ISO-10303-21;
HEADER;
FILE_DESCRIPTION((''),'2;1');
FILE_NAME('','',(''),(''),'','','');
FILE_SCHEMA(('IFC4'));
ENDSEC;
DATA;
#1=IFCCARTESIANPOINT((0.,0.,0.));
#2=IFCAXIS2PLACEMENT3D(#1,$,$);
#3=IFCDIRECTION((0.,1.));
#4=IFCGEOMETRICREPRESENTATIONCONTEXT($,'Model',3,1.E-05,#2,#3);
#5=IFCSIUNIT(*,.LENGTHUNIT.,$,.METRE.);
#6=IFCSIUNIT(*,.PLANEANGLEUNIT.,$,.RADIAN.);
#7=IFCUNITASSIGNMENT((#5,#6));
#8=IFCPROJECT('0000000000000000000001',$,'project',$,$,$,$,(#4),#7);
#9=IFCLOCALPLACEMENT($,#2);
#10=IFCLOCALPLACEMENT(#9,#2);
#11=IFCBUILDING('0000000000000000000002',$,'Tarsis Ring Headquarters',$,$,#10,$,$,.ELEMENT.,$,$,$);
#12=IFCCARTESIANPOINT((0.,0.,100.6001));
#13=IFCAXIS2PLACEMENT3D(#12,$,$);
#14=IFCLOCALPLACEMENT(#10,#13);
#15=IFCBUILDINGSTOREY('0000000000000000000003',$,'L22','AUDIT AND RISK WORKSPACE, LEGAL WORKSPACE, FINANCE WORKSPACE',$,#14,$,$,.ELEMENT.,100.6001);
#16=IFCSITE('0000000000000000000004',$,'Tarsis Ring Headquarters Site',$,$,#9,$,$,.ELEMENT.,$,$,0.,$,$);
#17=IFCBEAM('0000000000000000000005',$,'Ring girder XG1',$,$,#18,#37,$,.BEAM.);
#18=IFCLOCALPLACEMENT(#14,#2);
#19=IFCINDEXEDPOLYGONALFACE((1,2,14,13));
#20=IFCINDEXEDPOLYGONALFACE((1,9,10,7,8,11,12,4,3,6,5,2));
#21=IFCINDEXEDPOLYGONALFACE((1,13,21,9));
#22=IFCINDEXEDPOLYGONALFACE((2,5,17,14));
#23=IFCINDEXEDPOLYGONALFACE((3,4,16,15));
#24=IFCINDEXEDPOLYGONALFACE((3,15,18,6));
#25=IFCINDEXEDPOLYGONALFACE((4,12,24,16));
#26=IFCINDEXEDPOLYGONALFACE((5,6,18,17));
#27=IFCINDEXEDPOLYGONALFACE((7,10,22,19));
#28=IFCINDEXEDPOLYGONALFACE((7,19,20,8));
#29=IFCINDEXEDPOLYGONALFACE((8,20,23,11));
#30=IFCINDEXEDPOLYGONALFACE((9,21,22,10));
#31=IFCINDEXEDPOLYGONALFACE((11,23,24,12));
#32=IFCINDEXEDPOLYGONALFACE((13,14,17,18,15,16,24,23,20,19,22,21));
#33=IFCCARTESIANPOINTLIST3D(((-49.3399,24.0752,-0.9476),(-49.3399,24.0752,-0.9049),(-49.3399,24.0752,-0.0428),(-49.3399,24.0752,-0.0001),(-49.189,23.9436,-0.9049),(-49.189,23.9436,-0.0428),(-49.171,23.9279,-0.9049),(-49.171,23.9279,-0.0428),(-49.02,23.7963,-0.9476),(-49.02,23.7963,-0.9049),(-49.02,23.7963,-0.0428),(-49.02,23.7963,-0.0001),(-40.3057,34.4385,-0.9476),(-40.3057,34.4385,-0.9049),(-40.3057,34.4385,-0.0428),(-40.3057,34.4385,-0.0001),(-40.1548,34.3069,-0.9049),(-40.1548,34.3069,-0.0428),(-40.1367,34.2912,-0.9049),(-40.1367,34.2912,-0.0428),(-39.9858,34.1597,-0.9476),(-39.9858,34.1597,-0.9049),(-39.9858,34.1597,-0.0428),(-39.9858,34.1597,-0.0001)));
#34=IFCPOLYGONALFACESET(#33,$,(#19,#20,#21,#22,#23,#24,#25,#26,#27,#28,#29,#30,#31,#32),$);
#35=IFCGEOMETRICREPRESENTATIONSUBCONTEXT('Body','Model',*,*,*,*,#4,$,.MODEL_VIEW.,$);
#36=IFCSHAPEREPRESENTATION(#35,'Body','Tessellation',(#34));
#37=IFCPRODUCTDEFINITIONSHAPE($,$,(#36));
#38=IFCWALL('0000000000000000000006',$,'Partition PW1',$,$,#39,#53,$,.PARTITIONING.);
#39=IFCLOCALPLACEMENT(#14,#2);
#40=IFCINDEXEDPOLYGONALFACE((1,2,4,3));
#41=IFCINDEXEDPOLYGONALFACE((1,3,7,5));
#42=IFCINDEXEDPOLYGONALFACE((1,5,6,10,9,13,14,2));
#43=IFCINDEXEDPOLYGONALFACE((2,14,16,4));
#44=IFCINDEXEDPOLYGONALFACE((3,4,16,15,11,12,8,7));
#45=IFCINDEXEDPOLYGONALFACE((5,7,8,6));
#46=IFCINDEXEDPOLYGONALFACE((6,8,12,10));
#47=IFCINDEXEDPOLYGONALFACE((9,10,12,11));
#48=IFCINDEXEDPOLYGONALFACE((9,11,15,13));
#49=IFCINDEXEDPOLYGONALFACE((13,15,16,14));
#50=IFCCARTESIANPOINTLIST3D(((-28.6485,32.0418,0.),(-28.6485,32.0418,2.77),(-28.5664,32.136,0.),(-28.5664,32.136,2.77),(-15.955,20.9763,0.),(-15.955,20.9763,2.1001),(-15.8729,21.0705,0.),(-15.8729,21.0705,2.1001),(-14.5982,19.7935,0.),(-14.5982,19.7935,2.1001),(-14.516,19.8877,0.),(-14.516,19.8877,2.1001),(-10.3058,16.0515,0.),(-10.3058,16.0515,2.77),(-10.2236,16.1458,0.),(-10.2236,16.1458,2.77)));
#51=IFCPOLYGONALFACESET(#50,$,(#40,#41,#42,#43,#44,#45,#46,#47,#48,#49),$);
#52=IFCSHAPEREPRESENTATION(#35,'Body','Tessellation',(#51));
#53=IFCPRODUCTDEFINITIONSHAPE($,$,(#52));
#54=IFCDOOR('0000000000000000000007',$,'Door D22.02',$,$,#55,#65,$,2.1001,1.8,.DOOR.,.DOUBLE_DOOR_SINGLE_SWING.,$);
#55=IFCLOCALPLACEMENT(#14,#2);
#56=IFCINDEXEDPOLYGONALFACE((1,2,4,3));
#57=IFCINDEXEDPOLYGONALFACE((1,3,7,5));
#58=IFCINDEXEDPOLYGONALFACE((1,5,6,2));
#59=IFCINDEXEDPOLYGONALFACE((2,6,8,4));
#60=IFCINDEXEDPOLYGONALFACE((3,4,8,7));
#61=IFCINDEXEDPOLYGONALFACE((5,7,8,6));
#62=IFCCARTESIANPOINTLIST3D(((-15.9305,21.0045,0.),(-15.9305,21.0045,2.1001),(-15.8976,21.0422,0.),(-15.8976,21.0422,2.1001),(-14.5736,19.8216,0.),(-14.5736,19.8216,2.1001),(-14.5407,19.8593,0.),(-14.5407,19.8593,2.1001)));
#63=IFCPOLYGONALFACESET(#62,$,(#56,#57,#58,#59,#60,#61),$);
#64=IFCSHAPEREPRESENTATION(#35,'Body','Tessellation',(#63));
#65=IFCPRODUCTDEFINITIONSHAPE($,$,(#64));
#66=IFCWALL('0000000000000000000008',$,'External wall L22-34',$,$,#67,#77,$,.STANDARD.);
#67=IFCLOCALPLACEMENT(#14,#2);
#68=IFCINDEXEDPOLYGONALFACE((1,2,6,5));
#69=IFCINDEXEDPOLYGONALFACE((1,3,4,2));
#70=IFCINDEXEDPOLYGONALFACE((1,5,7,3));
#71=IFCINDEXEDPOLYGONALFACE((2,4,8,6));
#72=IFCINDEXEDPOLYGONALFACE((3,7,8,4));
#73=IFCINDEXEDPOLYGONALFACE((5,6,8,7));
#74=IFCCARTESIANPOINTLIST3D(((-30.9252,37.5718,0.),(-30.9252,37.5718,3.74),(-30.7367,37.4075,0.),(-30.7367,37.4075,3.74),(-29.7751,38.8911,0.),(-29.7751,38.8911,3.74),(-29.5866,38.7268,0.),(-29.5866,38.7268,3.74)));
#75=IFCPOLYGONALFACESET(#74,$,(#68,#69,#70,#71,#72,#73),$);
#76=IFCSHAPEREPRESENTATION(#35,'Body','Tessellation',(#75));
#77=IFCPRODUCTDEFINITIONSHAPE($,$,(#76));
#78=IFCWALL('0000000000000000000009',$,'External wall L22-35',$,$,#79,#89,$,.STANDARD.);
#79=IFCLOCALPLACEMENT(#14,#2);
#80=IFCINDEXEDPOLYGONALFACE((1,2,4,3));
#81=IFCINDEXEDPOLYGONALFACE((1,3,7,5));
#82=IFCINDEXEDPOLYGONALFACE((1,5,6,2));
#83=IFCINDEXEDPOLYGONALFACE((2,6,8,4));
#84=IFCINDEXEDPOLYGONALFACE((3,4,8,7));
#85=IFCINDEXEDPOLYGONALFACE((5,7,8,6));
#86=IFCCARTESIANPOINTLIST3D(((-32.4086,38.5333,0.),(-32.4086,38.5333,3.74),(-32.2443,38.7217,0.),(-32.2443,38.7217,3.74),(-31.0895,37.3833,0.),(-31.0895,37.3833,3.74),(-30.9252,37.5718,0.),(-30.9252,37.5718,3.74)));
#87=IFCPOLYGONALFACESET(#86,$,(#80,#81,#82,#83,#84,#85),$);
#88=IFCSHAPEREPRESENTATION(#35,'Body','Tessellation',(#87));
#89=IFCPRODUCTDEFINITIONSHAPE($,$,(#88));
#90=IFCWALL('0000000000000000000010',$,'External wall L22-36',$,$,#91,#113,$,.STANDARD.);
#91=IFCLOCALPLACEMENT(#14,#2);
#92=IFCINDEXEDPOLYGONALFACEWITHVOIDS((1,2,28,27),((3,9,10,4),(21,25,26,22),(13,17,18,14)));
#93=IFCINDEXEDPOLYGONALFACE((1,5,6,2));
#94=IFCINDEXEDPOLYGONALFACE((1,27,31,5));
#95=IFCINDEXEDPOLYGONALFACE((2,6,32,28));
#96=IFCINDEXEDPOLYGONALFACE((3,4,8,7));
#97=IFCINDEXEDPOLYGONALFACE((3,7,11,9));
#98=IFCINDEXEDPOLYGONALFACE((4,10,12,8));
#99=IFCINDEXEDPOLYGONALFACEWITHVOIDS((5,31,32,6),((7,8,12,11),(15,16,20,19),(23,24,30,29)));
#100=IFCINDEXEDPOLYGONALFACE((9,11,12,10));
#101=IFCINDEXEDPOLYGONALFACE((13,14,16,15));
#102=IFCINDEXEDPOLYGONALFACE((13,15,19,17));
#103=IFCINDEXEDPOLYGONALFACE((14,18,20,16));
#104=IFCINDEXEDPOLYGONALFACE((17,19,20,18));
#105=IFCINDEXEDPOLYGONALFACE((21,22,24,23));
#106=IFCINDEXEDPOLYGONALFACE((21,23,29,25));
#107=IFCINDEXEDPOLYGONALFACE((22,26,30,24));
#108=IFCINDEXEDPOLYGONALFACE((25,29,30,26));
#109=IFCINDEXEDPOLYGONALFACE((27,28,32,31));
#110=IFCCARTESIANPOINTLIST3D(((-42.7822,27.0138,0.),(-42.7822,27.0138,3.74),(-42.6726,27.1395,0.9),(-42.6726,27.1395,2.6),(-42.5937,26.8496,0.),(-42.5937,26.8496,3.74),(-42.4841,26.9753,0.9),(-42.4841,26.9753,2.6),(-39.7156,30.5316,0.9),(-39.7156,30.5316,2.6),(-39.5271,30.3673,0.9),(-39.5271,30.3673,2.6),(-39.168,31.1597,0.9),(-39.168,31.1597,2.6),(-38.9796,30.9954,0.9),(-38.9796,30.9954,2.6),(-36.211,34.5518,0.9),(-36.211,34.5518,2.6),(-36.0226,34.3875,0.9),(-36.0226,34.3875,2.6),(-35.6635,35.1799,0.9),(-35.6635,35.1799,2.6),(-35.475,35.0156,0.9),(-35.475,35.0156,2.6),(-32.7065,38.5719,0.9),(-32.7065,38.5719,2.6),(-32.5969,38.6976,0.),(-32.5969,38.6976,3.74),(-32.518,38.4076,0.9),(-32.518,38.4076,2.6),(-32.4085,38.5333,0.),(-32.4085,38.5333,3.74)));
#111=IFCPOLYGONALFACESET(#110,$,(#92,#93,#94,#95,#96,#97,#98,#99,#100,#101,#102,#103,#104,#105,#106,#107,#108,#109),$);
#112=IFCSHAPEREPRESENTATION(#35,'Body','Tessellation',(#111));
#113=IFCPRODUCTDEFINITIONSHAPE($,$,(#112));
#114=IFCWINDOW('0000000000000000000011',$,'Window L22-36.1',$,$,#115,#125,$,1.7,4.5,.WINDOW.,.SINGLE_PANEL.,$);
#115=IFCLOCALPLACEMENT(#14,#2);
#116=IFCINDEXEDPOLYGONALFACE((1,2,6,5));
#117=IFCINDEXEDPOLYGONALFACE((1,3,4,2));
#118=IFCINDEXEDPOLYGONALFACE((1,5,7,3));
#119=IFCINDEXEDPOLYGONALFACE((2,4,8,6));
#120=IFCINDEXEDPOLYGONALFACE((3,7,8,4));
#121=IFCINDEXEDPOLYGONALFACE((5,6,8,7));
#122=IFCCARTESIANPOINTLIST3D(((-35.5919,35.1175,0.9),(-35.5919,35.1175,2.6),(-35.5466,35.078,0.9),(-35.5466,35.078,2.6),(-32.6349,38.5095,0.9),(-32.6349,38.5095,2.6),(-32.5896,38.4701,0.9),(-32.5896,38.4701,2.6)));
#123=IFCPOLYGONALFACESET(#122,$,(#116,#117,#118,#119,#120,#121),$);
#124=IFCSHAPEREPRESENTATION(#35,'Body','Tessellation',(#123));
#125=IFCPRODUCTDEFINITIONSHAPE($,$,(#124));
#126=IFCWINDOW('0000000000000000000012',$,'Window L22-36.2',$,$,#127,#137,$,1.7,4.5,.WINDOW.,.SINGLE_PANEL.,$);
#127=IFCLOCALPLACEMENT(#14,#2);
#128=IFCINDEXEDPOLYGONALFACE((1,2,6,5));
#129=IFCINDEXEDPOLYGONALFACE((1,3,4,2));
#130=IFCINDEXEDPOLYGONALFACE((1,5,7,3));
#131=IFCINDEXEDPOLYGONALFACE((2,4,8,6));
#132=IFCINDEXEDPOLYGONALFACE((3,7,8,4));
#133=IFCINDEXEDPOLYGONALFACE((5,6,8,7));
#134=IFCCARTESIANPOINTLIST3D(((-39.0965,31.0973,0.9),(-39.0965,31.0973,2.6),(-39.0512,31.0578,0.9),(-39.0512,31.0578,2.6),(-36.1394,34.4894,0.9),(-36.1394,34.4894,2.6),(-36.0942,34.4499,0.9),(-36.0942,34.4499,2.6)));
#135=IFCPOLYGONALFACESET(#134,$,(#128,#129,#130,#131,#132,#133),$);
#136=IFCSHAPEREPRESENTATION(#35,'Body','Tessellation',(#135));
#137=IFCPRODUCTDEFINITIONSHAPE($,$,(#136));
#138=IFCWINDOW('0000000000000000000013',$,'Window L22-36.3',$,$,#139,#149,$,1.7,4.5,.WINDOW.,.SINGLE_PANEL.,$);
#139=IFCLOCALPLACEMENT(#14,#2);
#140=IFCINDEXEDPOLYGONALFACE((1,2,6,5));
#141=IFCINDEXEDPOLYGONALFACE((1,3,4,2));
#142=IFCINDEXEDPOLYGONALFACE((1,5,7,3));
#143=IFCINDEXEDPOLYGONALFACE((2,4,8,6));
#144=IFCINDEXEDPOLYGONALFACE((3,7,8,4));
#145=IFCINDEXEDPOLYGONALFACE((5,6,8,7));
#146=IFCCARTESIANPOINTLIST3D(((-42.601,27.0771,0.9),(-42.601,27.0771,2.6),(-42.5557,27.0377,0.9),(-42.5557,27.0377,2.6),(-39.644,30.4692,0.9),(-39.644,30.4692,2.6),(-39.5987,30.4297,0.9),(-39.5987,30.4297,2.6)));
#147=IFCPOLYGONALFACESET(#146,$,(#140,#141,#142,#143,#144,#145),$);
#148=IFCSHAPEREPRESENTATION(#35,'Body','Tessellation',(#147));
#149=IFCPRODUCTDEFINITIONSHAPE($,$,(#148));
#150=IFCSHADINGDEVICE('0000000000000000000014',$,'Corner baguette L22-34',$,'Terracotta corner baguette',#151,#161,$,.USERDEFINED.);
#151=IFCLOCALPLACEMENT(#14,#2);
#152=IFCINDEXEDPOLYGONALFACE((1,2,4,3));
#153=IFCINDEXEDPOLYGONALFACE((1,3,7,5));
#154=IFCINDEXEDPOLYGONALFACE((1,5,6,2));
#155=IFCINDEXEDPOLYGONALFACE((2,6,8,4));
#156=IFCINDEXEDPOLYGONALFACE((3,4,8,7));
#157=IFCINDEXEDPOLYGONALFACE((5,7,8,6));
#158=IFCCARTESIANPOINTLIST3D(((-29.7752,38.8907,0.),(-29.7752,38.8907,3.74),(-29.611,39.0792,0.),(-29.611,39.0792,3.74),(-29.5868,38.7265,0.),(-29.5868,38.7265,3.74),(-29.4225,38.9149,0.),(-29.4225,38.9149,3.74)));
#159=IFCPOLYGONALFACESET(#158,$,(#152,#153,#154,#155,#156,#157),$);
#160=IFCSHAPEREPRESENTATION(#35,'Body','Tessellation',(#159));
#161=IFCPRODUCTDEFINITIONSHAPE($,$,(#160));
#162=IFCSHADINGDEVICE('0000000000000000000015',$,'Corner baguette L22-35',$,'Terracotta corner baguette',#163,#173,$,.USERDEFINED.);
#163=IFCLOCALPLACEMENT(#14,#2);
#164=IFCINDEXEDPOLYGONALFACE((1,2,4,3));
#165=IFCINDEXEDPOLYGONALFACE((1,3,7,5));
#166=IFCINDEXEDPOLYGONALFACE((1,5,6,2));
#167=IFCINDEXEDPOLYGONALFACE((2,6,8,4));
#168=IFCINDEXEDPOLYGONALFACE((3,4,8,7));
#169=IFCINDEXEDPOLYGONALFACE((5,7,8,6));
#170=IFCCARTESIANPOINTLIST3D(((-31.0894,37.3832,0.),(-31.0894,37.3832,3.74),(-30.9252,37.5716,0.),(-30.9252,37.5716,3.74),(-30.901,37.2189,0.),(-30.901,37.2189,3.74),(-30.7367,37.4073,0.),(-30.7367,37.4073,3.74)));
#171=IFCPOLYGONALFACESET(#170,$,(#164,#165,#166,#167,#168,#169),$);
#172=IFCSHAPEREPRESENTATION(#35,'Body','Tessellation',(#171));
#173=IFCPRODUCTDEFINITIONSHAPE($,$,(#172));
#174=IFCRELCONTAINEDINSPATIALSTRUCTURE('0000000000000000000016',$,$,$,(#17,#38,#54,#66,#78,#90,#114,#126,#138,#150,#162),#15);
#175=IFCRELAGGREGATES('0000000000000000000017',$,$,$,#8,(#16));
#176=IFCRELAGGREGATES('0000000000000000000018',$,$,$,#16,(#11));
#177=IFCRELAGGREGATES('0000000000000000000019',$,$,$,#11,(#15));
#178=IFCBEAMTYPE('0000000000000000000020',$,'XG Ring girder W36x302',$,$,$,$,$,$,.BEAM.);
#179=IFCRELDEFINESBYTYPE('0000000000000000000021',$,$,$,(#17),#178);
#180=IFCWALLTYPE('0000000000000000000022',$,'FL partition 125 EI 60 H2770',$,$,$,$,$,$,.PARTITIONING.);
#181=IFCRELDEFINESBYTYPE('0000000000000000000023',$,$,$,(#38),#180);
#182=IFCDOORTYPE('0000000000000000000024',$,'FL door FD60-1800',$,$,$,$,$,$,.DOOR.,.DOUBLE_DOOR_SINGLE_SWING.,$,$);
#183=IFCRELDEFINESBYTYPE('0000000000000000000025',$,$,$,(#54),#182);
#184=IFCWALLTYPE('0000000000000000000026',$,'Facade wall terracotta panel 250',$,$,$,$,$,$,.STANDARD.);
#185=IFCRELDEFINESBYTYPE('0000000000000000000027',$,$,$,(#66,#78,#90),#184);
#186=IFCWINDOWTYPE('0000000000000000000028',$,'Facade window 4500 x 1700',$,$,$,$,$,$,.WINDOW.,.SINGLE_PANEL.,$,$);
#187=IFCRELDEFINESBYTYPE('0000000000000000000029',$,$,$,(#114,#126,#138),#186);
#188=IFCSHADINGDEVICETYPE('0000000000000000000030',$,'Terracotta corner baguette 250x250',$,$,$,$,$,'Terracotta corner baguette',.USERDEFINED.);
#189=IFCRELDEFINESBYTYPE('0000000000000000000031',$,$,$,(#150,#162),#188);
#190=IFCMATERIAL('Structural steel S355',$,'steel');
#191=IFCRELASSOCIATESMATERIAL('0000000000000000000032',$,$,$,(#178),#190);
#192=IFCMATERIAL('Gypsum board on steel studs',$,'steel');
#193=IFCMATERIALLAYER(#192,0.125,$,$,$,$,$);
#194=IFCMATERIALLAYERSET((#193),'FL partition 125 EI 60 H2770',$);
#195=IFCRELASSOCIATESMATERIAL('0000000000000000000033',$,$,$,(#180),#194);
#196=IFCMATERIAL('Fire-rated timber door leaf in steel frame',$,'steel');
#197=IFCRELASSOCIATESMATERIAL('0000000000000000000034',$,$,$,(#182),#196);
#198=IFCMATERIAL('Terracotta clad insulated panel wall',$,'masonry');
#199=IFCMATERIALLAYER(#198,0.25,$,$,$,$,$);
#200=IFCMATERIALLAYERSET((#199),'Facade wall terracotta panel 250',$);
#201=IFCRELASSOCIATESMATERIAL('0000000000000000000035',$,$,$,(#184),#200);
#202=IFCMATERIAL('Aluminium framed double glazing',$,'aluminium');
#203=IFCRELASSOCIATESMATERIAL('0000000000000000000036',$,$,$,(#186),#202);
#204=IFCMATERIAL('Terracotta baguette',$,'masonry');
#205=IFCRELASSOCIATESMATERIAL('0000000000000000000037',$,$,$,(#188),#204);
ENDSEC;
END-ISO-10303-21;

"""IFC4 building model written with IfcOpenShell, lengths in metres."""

from ifc_helpers import new_model, si_unit, direction, frame, frame_2d, origin, origin_2d, place, context, subcontext, project, spatial, rectangle, i_section, extrude, material, layer, layer_set, material_profile, profile_set, type_object, element, fill, save


model = new_model("IFC4")

# Units and contexts
model_context = context("Model", 3, precision=1e-05, world=origin(), true_north=direction((0.0, 1.0)))
body_context = subcontext(model_context, "Body", "Model", "MODEL_VIEW")
ifc_project = project(units=[si_unit("LENGTHUNIT", "METRE"), si_unit("PLANEANGLEUNIT", "RADIAN")], contexts=[model_context])

# Site, building, storey
site_placement = place(None, origin())
site = spatial("IfcSite", under=ifc_project, at=site_placement, Name="Tarsis Ring Headquarters Site", CompositionType="ELEMENT", RefElevation=0.0)
building_placement = place(site_placement, origin())
building = spatial("IfcBuilding", under=site, at=building_placement, Name="Tarsis Ring Headquarters", CompositionType="ELEMENT")
storey_placement = place(building_placement, frame((0.0, 0.0, 100.6001)))
storey = spatial("IfcBuildingStorey", under=building, at=storey_placement, Name="L22", Description="AUDIT AND RISK WORKSPACE, LEGAL WORKSPACE, FINANCE WORKSPACE", CompositionType="ELEMENT", Elevation=100.6001)

# Shared definitions
ifc_material_1 = material(Name="Structural steel S355", Category="steel")

# Beam
ifc_material_profile_1 = material_profile(ifc_material_1, i_section(OverallWidth=0.4243, OverallDepth=0.9475, WebThickness=0.0239, FlangeThickness=0.0427, at=origin_2d()), Name="W36x302")
ifc_profile_set_1 = profile_set([ifc_material_profile_1], Name="Structural steel S355")
beam_type_1 = type_object("IfcBeamType", Name="XG Ring girder W36x302", PredefinedType="BEAM", material=ifc_profile_set_1)
beam_1_placement = place(storey_placement, frame((-40.1458, 34.2991, -0.4739), z_axis=(-0.657116, -0.75379, 0.0), x_axis=(0.75379, -0.657116, 0.0)))
element("IfcBeam", 1, at=beam_1_placement, inside=storey, type_object=beam_type_1, Name="Ring girder XG1", PredefinedType="BEAM", context=body_context, shape_type="SweptSolid", body=[
    extrude(i_section(OverallWidth=0.4243, OverallDepth=0.9475, WebThickness=0.0239, FlangeThickness=0.0427, at=origin_2d()), origin(), (0.0, 0.0, 1.0), 13.7483),
])

# Wall, opening, door
ifc_material_2 = material(Name="Gypsum board on steel studs", Category="steel")
ifc_layer_1 = layer(ifc_material_2, 0.125)
ifc_layer_set_1 = layer_set([ifc_layer_1], Name="FL partition 125 EI 60 H2770")
wall_type_1 = type_object("IfcWallType", Name="FL partition 125 EI 60 H2770", PredefinedType="PARTITIONING", material=ifc_layer_set_1)
wall_1_placement = place(storey_placement, frame((-28.6074, 32.0889, 0.0), z_axis=(0.0, 0.0, 1.0), x_axis=(0.753791, -0.657114, 0.0)))
wall_1 = element("IfcWall", 2, at=wall_1_placement, inside=storey, type_object=wall_type_1, Name="Partition PW1", PredefinedType="PARTITIONING", context=body_context, shape_type="SweptSolid", body=[
    extrude(rectangle(XDim=24.334, YDim=0.125, at=frame_2d((12.167, 0.0))), origin(), (0.0, 0.0, 1.0), 2.77),
])
opening_1_placement = place(wall_1_placement, frame((16.8396, 0.0, 0.0)))
opening_1 = element("IfcOpeningElement", 3, at=opening_1_placement, cuts=wall_1, PredefinedType="OPENING", context=body_context, shape_type="SweptSolid", body=[
    extrude(rectangle(XDim=1.8, YDim=2.1001, at=frame_2d((0.8999, 1.05))), frame((0.0, 0.0725, 0.0), z_axis=(0.0, -1.0, 0.0), x_axis=(1.0, 0.0, 0.0)), (0.0, 0.0, 1.0), 0.145),
])
ifc_material_3 = material(Name="Fire-rated timber door leaf in steel frame", Category="steel")
door_type = type_object("IfcDoorType", Name="FL door FD60-1800", OperationType="DOUBLE_DOOR_SINGLE_SWING", PredefinedType="DOOR", material=ifc_material_3)
door_placement = place(opening_1_placement, origin())
door = element("IfcDoor", 4, at=door_placement, inside=storey, type_object=door_type, Name="Door D22.02", OperationType="DOUBLE_DOOR_SINGLE_SWING", OverallHeight=2.1001, OverallWidth=1.8, PredefinedType="DOOR", context=body_context, shape_type="SweptSolid", body=[
    extrude(rectangle(XDim=1.8, YDim=2.1001, at=frame_2d((0.8999, 1.05))), frame((0.0, 0.0249, 0.0), z_axis=(0.0, -1.0, 0.0), x_axis=(1.0, 0.0, 0.0)), (0.0, 0.0, 1.0), 0.05),
])
fill(opening_1, door)

# Walls
ifc_material_4 = material(Name="Terracotta clad insulated panel wall", Category="masonry")
ifc_layer_2 = layer(ifc_material_4, 0.25)
ifc_layer_set_2 = layer_set([ifc_layer_2], Name="Facade wall terracotta panel 250")
wall_type_2 = type_object("IfcWallType", Name="Facade wall terracotta panel 250", PredefinedType="STANDARD", material=ifc_layer_set_2)
wall_2_placement = place(storey_placement, frame((-29.6809, 38.8088, 0.0), z_axis=(0.0, 0.0, 1.0), x_axis=(-0.657121, -0.753785, 0.0)))
element("IfcWall", 5, at=wall_2_placement, inside=storey, type_object=wall_type_2, Name="External wall L22-34", PredefinedType="STANDARD", context=body_context, shape_type="SweptSolid", body=[
    extrude(rectangle(XDim=1.7502, YDim=0.25, at=frame_2d((0.875, 0.0))), origin(), (0.0, 0.0, 1.0), 3.74),
])
wall_3_placement = place(storey_placement, frame((-31.0073, 37.4775, 0.0), z_axis=(0.0, 0.0, 1.0), x_axis=(-0.753794, 0.657111, 0.0)))
element("IfcWall", 6, at=wall_3_placement, inside=storey, type_object=wall_type_2, Name="External wall L22-35", PredefinedType="STANDARD", context=body_context, shape_type="SweptSolid", body=[
    extrude(rectangle(XDim=1.75, YDim=0.25, at=frame_2d((0.875, 0.0))), origin(), (0.0, 0.0, 1.0), 3.74),
])

# Wall, openings, windows
wall_4_placement = place(storey_placement, frame((-32.5027, 38.6155, 0.0), z_axis=(0.0, 0.0, 1.0), x_axis=(-0.657113, -0.753792, 0.0)))
wall_4 = element("IfcWall", 7, at=wall_4_placement, inside=storey, type_object=wall_type_2, Name="External wall L22-36", PredefinedType="STANDARD", context=body_context, shape_type="SweptSolid", body=[
    extrude(rectangle(XDim=15.5, YDim=0.25, at=frame_2d((7.75, 0.0))), origin(), (0.0, 0.0, 1.0), 3.74),
])
opening_2_placement = place(wall_4_placement, frame((0.1667, 0.0, 0.8999)))
opening_2 = element("IfcOpeningElement", 8, at=opening_2_placement, cuts=wall_4, PredefinedType="OPENING", context=body_context, shape_type="SweptSolid", body=[
    extrude(rectangle(XDim=4.5, YDim=1.7, at=frame_2d((2.25, 0.8501))), frame((0.0, 0.135, 0.0), z_axis=(0.0, -1.0, 0.0), x_axis=(1.0, 0.0, 0.0)), (0.0, 0.0, 1.0), 0.27),
])
opening_3_placement = place(wall_4_placement, frame((5.5, 0.0, 0.8999)))
opening_3 = element("IfcOpeningElement", 9, at=opening_3_placement, cuts=wall_4, PredefinedType="OPENING", context=body_context, shape_type="SweptSolid", body=[
    extrude(rectangle(XDim=4.5, YDim=1.7, at=frame_2d((2.25, 0.8501))), frame((0.0, 0.135, 0.0), z_axis=(0.0, -1.0, 0.0), x_axis=(1.0, 0.0, 0.0)), (0.0, 0.0, 1.0), 0.27),
])
opening_4_placement = place(wall_4_placement, frame((10.8333, 0.0, 0.8999)))
opening_4 = element("IfcOpeningElement", 10, at=opening_4_placement, cuts=wall_4, PredefinedType="OPENING", context=body_context, shape_type="SweptSolid", body=[
    extrude(rectangle(XDim=4.5, YDim=1.7, at=frame_2d((2.25, 0.8501))), frame((0.0, 0.135, 0.0), z_axis=(0.0, -1.0, 0.0), x_axis=(1.0, 0.0, 0.0)), (0.0, 0.0, 1.0), 0.27),
])
ifc_material_5 = material(Name="Aluminium framed double glazing", Category="aluminium")
window_type = type_object("IfcWindowType", Name="Facade window 4500 x 1700", PartitioningType="SINGLE_PANEL", PredefinedType="WINDOW", material=ifc_material_5)
window_1_placement = place(opening_2_placement, origin())
window_1 = element("IfcWindow", 11, at=window_1_placement, inside=storey, type_object=window_type, Name="Window L22-36.1", OverallHeight=1.7, OverallWidth=4.5, PartitioningType="SINGLE_PANEL", PredefinedType="WINDOW", context=body_context, shape_type="SweptSolid", body=[
    extrude(rectangle(XDim=4.5, YDim=1.7, at=frame_2d((2.25, 0.8501))), frame((0.0, 0.03, 0.0), z_axis=(0.0, -1.0, 0.0), x_axis=(1.0, 0.0, 0.0)), (0.0, 0.0, 1.0), 0.0601),
])
fill(opening_2, window_1)
window_2_placement = place(opening_3_placement, origin())
window_2 = element("IfcWindow", 12, at=window_2_placement, inside=storey, type_object=window_type, Name="Window L22-36.2", OverallHeight=1.7, OverallWidth=4.5, PartitioningType="SINGLE_PANEL", PredefinedType="WINDOW", context=body_context, shape_type="SweptSolid", body=[
    extrude(rectangle(XDim=4.5, YDim=1.7, at=frame_2d((2.25, 0.8501))), frame((0.0, 0.03, 0.0), z_axis=(0.0, -1.0, 0.0), x_axis=(1.0, 0.0, 0.0)), (0.0, 0.0, 1.0), 0.0601),
])
fill(opening_3, window_2)
window_3_placement = place(opening_4_placement, origin())
window_3 = element("IfcWindow", 13, at=window_3_placement, inside=storey, type_object=window_type, Name="Window L22-36.3", OverallHeight=1.7, OverallWidth=4.5, PartitioningType="SINGLE_PANEL", PredefinedType="WINDOW", context=body_context, shape_type="SweptSolid", body=[
    extrude(rectangle(XDim=4.5, YDim=1.7, at=frame_2d((2.25, 0.8501))), frame((0.0, 0.03, 0.0), z_axis=(0.0, -1.0, 0.0), x_axis=(1.0, 0.0, 0.0)), (0.0, 0.0, 1.0), 0.0601),
])
fill(opening_4, window_3)

# Shading devices
ifc_material_6 = material(Name="Terracotta baguette", Category="masonry")
shading_device_type_1 = type_object("IfcShadingDeviceType", Name="Terracotta corner baguette 250x250", ElementType="Terracotta corner baguette", PredefinedType="USERDEFINED", material=ifc_material_6)
for number, where, z_axis, x_axis, name in (
    (14, (-29.5989, 38.9028, 0.0), (0.0, 0.0, 1.0), (-0.753793, 0.657112, 0.0), "Corner baguette L22-34"),
    (15, (-30.9131, 37.3953, 0.0), (0.0, 0.0, 1.0), (-0.657112, -0.753793, 0.0), "Corner baguette L22-35"),
):
    element("IfcShadingDevice", number, at=place(storey_placement, frame(where, z_axis=z_axis, x_axis=x_axis)), inside=storey, type_object=shading_device_type_1, Name=name, ObjectType="Terracotta corner baguette", PredefinedType="USERDEFINED", context=body_context, shape_type="SweptSolid", body=[
        extrude(rectangle(XDim=0.25, YDim=0.25, at=origin_2d()), origin(), (0.0, 0.0, 1.0), 3.74),
    ])

save(model, "model.ifc")
